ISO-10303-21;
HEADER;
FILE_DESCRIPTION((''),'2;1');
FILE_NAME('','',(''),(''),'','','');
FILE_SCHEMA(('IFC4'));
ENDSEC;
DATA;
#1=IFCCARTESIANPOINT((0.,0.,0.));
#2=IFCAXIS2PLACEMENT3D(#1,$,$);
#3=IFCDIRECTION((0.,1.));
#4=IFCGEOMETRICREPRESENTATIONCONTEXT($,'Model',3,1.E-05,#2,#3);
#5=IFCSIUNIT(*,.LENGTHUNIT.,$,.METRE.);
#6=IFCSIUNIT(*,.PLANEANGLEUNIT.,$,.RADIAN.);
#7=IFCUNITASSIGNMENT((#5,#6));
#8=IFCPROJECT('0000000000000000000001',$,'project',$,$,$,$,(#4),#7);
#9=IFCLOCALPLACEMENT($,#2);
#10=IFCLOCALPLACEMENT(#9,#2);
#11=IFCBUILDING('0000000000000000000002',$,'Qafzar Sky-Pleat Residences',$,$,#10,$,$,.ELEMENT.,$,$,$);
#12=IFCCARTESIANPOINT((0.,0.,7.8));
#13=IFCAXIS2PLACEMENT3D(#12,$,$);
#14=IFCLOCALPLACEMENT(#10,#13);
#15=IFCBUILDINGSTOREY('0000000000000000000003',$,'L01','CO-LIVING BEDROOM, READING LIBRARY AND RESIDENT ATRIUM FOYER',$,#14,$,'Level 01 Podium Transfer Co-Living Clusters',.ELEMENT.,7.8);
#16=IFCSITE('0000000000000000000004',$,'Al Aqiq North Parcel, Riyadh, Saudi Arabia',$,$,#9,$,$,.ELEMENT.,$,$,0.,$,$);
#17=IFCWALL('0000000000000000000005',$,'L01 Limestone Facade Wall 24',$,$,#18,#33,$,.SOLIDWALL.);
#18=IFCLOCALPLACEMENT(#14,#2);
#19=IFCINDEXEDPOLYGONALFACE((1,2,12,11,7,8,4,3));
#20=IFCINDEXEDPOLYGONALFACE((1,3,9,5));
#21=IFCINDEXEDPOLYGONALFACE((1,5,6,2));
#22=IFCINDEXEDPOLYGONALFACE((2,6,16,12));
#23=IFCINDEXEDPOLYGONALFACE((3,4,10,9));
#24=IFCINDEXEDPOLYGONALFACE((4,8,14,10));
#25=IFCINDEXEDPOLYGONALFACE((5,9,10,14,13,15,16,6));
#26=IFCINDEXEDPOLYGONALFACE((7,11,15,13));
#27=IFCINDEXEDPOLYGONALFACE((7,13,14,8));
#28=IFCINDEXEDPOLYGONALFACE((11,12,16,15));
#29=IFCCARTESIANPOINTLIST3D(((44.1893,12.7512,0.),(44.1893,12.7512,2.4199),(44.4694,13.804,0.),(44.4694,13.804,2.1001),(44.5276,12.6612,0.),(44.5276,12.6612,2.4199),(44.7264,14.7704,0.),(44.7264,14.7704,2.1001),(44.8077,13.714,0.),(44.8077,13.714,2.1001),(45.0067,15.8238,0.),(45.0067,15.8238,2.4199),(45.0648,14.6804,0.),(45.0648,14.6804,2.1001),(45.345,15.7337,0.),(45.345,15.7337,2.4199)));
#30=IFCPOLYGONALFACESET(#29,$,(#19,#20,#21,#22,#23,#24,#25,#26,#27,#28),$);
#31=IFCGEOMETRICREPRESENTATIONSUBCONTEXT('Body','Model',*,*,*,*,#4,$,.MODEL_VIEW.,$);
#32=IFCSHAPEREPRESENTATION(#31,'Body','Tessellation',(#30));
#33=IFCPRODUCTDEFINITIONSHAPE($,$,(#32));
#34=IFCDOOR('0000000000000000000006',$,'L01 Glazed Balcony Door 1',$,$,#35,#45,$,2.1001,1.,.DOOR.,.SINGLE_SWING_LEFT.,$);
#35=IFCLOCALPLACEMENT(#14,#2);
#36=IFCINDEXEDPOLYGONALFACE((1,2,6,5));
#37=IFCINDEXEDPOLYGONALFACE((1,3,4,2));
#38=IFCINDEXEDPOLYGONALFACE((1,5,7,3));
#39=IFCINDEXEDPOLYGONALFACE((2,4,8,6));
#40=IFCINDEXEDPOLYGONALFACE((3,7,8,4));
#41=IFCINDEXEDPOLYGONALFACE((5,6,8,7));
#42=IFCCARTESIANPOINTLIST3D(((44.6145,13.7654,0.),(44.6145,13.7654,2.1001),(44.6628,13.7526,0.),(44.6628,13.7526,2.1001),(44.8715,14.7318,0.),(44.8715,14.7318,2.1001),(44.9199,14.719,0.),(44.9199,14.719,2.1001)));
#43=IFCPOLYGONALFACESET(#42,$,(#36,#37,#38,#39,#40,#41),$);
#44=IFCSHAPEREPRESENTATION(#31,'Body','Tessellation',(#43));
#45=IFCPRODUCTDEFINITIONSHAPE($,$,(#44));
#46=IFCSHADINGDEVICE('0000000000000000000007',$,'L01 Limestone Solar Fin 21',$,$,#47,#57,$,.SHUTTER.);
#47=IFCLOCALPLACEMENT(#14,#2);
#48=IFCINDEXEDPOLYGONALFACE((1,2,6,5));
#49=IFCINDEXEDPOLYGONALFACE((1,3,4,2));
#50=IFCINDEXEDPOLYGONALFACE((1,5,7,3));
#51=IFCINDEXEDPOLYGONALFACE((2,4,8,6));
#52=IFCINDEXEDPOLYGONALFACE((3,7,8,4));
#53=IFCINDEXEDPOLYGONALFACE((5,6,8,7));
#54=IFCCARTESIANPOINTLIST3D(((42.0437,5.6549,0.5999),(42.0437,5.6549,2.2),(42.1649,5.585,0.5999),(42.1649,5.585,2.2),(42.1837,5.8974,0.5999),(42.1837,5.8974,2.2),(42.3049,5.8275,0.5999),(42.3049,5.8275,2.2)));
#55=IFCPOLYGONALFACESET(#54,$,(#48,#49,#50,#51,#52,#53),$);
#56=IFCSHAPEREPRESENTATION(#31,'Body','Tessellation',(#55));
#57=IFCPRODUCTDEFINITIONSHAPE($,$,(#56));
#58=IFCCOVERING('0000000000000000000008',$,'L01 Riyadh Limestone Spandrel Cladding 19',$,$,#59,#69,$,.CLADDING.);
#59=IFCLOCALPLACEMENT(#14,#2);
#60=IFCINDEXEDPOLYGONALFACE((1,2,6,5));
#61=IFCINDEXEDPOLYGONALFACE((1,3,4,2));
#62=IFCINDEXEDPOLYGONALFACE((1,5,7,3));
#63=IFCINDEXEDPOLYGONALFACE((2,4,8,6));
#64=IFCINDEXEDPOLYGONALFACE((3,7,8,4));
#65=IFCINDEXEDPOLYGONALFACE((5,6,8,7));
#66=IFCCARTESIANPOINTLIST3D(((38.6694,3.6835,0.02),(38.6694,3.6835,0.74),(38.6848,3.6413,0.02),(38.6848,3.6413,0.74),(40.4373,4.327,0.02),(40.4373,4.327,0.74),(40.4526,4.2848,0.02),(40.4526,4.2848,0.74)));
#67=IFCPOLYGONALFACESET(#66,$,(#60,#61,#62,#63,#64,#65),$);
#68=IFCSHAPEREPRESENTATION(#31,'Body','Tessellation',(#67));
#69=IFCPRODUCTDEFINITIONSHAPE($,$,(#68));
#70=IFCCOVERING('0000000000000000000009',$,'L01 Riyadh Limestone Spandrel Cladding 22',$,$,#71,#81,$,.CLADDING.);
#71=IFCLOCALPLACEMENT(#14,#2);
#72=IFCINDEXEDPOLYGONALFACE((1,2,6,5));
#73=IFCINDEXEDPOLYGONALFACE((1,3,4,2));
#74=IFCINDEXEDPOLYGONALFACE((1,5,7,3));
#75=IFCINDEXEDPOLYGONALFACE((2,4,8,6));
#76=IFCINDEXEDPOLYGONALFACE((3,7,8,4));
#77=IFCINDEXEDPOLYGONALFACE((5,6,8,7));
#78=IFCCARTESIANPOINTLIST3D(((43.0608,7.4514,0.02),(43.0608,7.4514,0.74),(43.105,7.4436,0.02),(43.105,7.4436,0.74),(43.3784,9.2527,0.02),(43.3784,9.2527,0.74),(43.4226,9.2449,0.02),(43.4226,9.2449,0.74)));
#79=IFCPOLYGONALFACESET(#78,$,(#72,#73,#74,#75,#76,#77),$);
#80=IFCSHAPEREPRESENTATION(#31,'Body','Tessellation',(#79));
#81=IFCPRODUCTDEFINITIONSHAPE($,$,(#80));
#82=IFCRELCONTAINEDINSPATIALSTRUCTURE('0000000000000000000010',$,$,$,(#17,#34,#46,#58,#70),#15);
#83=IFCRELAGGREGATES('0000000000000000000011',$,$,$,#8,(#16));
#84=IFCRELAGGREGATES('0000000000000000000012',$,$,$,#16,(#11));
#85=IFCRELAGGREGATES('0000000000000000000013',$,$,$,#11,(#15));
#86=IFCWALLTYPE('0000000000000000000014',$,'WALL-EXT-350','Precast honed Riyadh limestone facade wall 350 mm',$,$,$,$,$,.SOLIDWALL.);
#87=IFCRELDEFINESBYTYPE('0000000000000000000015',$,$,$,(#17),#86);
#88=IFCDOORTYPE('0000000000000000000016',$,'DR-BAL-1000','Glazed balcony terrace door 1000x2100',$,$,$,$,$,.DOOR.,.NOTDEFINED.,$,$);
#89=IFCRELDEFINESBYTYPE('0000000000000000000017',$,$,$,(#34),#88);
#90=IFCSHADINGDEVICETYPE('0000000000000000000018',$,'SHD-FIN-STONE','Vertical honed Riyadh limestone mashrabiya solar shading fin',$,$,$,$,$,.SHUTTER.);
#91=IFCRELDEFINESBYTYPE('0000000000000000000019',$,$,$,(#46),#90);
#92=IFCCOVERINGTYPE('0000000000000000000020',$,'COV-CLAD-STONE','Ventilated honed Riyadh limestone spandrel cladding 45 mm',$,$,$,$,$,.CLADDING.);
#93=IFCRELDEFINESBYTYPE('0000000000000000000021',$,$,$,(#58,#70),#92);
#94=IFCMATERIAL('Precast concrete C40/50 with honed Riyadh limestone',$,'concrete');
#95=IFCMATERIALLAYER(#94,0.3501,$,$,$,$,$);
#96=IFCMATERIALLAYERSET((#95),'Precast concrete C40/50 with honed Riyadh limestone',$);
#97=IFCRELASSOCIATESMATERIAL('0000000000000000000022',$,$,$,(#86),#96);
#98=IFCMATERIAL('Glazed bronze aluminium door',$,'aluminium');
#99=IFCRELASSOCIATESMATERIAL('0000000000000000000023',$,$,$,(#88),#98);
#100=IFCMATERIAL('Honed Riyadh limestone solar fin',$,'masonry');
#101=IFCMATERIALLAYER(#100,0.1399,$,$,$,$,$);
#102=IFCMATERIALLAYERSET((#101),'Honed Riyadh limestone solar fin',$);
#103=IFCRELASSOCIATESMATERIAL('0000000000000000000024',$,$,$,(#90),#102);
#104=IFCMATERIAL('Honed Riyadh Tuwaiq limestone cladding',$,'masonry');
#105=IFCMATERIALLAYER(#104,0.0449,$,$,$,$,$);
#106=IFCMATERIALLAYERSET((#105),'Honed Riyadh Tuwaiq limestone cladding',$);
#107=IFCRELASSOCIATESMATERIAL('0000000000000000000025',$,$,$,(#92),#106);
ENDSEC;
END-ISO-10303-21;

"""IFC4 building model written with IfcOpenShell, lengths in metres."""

from ifc_helpers import new_model, si_unit, direction, frame, frame_2d, origin, origin_2d, place, context, subcontext, project, spatial, rectangle, extrude, source, transform, mapped, material, layer, layer_set, type_object, element, fill, save


model = new_model("IFC4")

# Units and contexts
model_context = context("Model", 3, precision=1e-05, world=origin(), true_north=direction((0.0, 1.0)))
body_context = subcontext(model_context, "Body", "Model", "MODEL_VIEW")
ifc_project = project(units=[si_unit("LENGTHUNIT", "METRE"), si_unit("PLANEANGLEUNIT", "RADIAN")], contexts=[model_context])

# Site, building, storey
site_placement = place(None, origin())
site = spatial("IfcSite", under=ifc_project, at=site_placement, Name="Al Aqiq North Parcel, Riyadh, Saudi Arabia", CompositionType="ELEMENT", RefElevation=0.0)
building_placement = place(site_placement, origin())
building = spatial("IfcBuilding", under=site, at=building_placement, Name="Qafzar Sky-Pleat Residences", CompositionType="ELEMENT")
storey_placement = place(building_placement, frame((0.0, 0.0, 7.8)))
storey = spatial("IfcBuildingStorey", under=building, at=storey_placement, Name="L01", Description="CO-LIVING BEDROOM, READING LIBRARY AND RESIDENT ATRIUM FOYER", LongName="Level 01 Podium Transfer Co-Living Clusters", CompositionType="ELEMENT", Elevation=7.8)

# Shared definitions
ifc_material_1 = material(Name="Precast concrete C40/50 with honed Riyadh limestone", Category="concrete")
ifc_layer_1 = layer(ifc_material_1, 0.3501)
ifc_layer_set_1 = layer_set([ifc_layer_1], Name="Precast concrete C40/50 with honed Riyadh limestone")
wall_type_1 = type_object("IfcWallType", Name="WALL-EXT-350", Description="Precast honed Riyadh limestone facade wall 350 mm", PredefinedType="SOLIDWALL", material=ifc_layer_set_1)

# Wall, opening, door
wall_1_placement = place(storey_placement, frame((44.3584, 12.7061, 0.0), z_axis=(0.0, 0.0, 1.0), x_axis=(0.257089, 0.966388, 0.0)))
wall_1 = element("IfcWall", 1, at=wall_1_placement, inside=storey, type_object=wall_type_1, Name="L01 Limestone Facade Wall 24", PredefinedType="SOLIDWALL", context=body_context, shape_type="SweptSolid", body=[
    extrude(rectangle(XDim=3.1794, YDim=0.3501, at=frame_2d((1.5898, 0.0))), origin(), (0.0, 0.0, 1.0), 2.4199),
])
opening_1_placement = place(wall_1_placement, frame((1.0896, 0.0, 0.0)))
opening_1 = element("IfcOpeningElement", 2, at=opening_1_placement, cuts=wall_1, PredefinedType="OPENING", context=body_context, shape_type="SweptSolid", body=[
    extrude(rectangle(XDim=1.0, YDim=2.1001, at=frame_2d((0.5, 1.05))), frame((0.0, 0.1851, 0.0), z_axis=(0.0, -1.0, 0.0), x_axis=(1.0, 0.0, 0.0)), (0.0, 0.0, 1.0), 0.3701),
])
ifc_material_2 = material(Name="Glazed bronze aluminium door", Category="aluminium")
door_type_1 = type_object("IfcDoorType", Name="DR-BAL-1000", Description="Glazed balcony terrace door 1000x2100", OperationType="NOTDEFINED", PredefinedType="DOOR", material=ifc_material_2)
shared_shape_1 = source(origin(), body_context, "Body", "SweptSolid", [
    extrude(rectangle(XDim=1.0, YDim=2.1001, at=frame_2d((0.5, 1.05))), frame((0.0, 0.0249, 0.0), z_axis=(0.0, -1.0, 0.0), x_axis=(1.0, 0.0, 0.0)), (0.0, 0.0, 1.0), 0.05),
])
door_1_placement = place(opening_1_placement, origin())
door_1 = element("IfcDoor", 3, at=door_1_placement, inside=storey, type_object=door_type_1, Name="L01 Glazed Balcony Door 1", OperationType="SINGLE_SWING_LEFT", OverallHeight=2.1001, OverallWidth=1.0, PredefinedType="DOOR", context=body_context, shape_type="MappedRepresentation", body=[
    mapped(shared_shape_1, transform((0.0, 0.0, 0.0), x_axis=(1.0, 0.0, 0.0), y_axis=(0.0, 1.0, 0.0), z_axis=(0.0, 0.0, 1.0), scale=1.0)),
])
fill(opening_1, door_1)

# Shading device
ifc_material_3 = material(Name="Honed Riyadh limestone solar fin", Category="masonry")
ifc_layer_2 = layer(ifc_material_3, 0.1399)
ifc_layer_set_2 = layer_set([ifc_layer_2], Name="Honed Riyadh limestone solar fin")
shading_device_type = type_object("IfcShadingDeviceType", Name="SHD-FIN-STONE", Description="Vertical honed Riyadh limestone mashrabiya solar shading fin", PredefinedType="SHUTTER", material=ifc_layer_set_2)
shared_shape_2 = source(origin(), body_context, "Body", "SweptSolid", [
    extrude(rectangle(XDim=0.1399, YDim=0.28, at=origin_2d()), origin(), (0.0, 0.0, 1.0), 1.6001),
])
shading_device_placement = place(storey_placement, frame((42.1743, 5.7412, 0.5999), z_axis=(0.0, 0.0, 1.0), x_axis=(0.866044, -0.499967, 0.0)))
element("IfcShadingDevice", 4, at=shading_device_placement, inside=storey, type_object=shading_device_type, Name="L01 Limestone Solar Fin 21", PredefinedType="SHUTTER", context=body_context, shape_type="MappedRepresentation", body=[
    mapped(shared_shape_2, transform((0.0, 0.0, 0.0), x_axis=(1.0, 0.0, 0.0), y_axis=(0.0, 1.0, 0.0), z_axis=(0.0, 0.0, 1.0), scale=1.0)),
])

# Coverings
ifc_material_4 = material(Name="Honed Riyadh Tuwaiq limestone cladding", Category="masonry")
ifc_layer_3 = layer(ifc_material_4, 0.0449)
ifc_layer_set_3 = layer_set([ifc_layer_3], Name="Honed Riyadh Tuwaiq limestone cladding")
covering_type = type_object("IfcCoveringType", Name="COV-CLAD-STONE", Description="Ventilated honed Riyadh limestone spandrel cladding 45 mm", PredefinedType="CLADDING", material=ifc_layer_set_3)
shared_shape_3 = source(origin(), body_context, "Body", "SweptSolid", [
    extrude(rectangle(XDim=1.8813, YDim=0.0449, at=origin_2d()), origin(), (0.0, 0.0, 1.0), 0.72),
])
covering_1_placement = place(storey_placement, frame((39.561, 3.9841, 0.02), z_axis=(0.0, 0.0, 1.0), x_axis=(0.939679, 0.342058, 0.0)))
element("IfcCovering", 5, at=covering_1_placement, inside=storey, type_object=covering_type, Name="L01 Riyadh Limestone Spandrel Cladding 19", PredefinedType="CLADDING", context=body_context, shape_type="MappedRepresentation", body=[
    mapped(shared_shape_3, transform((0.0, 0.0, 0.0), x_axis=(1.0, 0.0, 0.0), y_axis=(0.0, 1.0, 0.0), z_axis=(0.0, 0.0, 1.0), scale=1.0)),
])
shared_shape_4 = source(origin(), body_context, "Body", "SweptSolid", [
    extrude(rectangle(XDim=1.8291, YDim=0.0449, at=origin_2d()), origin(), (0.0, 0.0, 1.0), 0.72),
])
covering_2_placement = place(storey_placement, frame((43.2417, 8.3481, 0.02), z_axis=(0.0, 0.0, 1.0), x_axis=(0.173648, 0.984808, 0.0)))
element("IfcCovering", 6, at=covering_2_placement, inside=storey, type_object=covering_type, Name="L01 Riyadh Limestone Spandrel Cladding 22", PredefinedType="CLADDING", context=body_context, shape_type="MappedRepresentation", body=[
    mapped(shared_shape_4, transform((0.0, 0.0, 0.0), x_axis=(1.0, 0.0, 0.0), y_axis=(0.0, 1.0, 0.0), z_axis=(0.0, 0.0, 1.0), scale=1.0)),
])

save(model, "model.ifc")
